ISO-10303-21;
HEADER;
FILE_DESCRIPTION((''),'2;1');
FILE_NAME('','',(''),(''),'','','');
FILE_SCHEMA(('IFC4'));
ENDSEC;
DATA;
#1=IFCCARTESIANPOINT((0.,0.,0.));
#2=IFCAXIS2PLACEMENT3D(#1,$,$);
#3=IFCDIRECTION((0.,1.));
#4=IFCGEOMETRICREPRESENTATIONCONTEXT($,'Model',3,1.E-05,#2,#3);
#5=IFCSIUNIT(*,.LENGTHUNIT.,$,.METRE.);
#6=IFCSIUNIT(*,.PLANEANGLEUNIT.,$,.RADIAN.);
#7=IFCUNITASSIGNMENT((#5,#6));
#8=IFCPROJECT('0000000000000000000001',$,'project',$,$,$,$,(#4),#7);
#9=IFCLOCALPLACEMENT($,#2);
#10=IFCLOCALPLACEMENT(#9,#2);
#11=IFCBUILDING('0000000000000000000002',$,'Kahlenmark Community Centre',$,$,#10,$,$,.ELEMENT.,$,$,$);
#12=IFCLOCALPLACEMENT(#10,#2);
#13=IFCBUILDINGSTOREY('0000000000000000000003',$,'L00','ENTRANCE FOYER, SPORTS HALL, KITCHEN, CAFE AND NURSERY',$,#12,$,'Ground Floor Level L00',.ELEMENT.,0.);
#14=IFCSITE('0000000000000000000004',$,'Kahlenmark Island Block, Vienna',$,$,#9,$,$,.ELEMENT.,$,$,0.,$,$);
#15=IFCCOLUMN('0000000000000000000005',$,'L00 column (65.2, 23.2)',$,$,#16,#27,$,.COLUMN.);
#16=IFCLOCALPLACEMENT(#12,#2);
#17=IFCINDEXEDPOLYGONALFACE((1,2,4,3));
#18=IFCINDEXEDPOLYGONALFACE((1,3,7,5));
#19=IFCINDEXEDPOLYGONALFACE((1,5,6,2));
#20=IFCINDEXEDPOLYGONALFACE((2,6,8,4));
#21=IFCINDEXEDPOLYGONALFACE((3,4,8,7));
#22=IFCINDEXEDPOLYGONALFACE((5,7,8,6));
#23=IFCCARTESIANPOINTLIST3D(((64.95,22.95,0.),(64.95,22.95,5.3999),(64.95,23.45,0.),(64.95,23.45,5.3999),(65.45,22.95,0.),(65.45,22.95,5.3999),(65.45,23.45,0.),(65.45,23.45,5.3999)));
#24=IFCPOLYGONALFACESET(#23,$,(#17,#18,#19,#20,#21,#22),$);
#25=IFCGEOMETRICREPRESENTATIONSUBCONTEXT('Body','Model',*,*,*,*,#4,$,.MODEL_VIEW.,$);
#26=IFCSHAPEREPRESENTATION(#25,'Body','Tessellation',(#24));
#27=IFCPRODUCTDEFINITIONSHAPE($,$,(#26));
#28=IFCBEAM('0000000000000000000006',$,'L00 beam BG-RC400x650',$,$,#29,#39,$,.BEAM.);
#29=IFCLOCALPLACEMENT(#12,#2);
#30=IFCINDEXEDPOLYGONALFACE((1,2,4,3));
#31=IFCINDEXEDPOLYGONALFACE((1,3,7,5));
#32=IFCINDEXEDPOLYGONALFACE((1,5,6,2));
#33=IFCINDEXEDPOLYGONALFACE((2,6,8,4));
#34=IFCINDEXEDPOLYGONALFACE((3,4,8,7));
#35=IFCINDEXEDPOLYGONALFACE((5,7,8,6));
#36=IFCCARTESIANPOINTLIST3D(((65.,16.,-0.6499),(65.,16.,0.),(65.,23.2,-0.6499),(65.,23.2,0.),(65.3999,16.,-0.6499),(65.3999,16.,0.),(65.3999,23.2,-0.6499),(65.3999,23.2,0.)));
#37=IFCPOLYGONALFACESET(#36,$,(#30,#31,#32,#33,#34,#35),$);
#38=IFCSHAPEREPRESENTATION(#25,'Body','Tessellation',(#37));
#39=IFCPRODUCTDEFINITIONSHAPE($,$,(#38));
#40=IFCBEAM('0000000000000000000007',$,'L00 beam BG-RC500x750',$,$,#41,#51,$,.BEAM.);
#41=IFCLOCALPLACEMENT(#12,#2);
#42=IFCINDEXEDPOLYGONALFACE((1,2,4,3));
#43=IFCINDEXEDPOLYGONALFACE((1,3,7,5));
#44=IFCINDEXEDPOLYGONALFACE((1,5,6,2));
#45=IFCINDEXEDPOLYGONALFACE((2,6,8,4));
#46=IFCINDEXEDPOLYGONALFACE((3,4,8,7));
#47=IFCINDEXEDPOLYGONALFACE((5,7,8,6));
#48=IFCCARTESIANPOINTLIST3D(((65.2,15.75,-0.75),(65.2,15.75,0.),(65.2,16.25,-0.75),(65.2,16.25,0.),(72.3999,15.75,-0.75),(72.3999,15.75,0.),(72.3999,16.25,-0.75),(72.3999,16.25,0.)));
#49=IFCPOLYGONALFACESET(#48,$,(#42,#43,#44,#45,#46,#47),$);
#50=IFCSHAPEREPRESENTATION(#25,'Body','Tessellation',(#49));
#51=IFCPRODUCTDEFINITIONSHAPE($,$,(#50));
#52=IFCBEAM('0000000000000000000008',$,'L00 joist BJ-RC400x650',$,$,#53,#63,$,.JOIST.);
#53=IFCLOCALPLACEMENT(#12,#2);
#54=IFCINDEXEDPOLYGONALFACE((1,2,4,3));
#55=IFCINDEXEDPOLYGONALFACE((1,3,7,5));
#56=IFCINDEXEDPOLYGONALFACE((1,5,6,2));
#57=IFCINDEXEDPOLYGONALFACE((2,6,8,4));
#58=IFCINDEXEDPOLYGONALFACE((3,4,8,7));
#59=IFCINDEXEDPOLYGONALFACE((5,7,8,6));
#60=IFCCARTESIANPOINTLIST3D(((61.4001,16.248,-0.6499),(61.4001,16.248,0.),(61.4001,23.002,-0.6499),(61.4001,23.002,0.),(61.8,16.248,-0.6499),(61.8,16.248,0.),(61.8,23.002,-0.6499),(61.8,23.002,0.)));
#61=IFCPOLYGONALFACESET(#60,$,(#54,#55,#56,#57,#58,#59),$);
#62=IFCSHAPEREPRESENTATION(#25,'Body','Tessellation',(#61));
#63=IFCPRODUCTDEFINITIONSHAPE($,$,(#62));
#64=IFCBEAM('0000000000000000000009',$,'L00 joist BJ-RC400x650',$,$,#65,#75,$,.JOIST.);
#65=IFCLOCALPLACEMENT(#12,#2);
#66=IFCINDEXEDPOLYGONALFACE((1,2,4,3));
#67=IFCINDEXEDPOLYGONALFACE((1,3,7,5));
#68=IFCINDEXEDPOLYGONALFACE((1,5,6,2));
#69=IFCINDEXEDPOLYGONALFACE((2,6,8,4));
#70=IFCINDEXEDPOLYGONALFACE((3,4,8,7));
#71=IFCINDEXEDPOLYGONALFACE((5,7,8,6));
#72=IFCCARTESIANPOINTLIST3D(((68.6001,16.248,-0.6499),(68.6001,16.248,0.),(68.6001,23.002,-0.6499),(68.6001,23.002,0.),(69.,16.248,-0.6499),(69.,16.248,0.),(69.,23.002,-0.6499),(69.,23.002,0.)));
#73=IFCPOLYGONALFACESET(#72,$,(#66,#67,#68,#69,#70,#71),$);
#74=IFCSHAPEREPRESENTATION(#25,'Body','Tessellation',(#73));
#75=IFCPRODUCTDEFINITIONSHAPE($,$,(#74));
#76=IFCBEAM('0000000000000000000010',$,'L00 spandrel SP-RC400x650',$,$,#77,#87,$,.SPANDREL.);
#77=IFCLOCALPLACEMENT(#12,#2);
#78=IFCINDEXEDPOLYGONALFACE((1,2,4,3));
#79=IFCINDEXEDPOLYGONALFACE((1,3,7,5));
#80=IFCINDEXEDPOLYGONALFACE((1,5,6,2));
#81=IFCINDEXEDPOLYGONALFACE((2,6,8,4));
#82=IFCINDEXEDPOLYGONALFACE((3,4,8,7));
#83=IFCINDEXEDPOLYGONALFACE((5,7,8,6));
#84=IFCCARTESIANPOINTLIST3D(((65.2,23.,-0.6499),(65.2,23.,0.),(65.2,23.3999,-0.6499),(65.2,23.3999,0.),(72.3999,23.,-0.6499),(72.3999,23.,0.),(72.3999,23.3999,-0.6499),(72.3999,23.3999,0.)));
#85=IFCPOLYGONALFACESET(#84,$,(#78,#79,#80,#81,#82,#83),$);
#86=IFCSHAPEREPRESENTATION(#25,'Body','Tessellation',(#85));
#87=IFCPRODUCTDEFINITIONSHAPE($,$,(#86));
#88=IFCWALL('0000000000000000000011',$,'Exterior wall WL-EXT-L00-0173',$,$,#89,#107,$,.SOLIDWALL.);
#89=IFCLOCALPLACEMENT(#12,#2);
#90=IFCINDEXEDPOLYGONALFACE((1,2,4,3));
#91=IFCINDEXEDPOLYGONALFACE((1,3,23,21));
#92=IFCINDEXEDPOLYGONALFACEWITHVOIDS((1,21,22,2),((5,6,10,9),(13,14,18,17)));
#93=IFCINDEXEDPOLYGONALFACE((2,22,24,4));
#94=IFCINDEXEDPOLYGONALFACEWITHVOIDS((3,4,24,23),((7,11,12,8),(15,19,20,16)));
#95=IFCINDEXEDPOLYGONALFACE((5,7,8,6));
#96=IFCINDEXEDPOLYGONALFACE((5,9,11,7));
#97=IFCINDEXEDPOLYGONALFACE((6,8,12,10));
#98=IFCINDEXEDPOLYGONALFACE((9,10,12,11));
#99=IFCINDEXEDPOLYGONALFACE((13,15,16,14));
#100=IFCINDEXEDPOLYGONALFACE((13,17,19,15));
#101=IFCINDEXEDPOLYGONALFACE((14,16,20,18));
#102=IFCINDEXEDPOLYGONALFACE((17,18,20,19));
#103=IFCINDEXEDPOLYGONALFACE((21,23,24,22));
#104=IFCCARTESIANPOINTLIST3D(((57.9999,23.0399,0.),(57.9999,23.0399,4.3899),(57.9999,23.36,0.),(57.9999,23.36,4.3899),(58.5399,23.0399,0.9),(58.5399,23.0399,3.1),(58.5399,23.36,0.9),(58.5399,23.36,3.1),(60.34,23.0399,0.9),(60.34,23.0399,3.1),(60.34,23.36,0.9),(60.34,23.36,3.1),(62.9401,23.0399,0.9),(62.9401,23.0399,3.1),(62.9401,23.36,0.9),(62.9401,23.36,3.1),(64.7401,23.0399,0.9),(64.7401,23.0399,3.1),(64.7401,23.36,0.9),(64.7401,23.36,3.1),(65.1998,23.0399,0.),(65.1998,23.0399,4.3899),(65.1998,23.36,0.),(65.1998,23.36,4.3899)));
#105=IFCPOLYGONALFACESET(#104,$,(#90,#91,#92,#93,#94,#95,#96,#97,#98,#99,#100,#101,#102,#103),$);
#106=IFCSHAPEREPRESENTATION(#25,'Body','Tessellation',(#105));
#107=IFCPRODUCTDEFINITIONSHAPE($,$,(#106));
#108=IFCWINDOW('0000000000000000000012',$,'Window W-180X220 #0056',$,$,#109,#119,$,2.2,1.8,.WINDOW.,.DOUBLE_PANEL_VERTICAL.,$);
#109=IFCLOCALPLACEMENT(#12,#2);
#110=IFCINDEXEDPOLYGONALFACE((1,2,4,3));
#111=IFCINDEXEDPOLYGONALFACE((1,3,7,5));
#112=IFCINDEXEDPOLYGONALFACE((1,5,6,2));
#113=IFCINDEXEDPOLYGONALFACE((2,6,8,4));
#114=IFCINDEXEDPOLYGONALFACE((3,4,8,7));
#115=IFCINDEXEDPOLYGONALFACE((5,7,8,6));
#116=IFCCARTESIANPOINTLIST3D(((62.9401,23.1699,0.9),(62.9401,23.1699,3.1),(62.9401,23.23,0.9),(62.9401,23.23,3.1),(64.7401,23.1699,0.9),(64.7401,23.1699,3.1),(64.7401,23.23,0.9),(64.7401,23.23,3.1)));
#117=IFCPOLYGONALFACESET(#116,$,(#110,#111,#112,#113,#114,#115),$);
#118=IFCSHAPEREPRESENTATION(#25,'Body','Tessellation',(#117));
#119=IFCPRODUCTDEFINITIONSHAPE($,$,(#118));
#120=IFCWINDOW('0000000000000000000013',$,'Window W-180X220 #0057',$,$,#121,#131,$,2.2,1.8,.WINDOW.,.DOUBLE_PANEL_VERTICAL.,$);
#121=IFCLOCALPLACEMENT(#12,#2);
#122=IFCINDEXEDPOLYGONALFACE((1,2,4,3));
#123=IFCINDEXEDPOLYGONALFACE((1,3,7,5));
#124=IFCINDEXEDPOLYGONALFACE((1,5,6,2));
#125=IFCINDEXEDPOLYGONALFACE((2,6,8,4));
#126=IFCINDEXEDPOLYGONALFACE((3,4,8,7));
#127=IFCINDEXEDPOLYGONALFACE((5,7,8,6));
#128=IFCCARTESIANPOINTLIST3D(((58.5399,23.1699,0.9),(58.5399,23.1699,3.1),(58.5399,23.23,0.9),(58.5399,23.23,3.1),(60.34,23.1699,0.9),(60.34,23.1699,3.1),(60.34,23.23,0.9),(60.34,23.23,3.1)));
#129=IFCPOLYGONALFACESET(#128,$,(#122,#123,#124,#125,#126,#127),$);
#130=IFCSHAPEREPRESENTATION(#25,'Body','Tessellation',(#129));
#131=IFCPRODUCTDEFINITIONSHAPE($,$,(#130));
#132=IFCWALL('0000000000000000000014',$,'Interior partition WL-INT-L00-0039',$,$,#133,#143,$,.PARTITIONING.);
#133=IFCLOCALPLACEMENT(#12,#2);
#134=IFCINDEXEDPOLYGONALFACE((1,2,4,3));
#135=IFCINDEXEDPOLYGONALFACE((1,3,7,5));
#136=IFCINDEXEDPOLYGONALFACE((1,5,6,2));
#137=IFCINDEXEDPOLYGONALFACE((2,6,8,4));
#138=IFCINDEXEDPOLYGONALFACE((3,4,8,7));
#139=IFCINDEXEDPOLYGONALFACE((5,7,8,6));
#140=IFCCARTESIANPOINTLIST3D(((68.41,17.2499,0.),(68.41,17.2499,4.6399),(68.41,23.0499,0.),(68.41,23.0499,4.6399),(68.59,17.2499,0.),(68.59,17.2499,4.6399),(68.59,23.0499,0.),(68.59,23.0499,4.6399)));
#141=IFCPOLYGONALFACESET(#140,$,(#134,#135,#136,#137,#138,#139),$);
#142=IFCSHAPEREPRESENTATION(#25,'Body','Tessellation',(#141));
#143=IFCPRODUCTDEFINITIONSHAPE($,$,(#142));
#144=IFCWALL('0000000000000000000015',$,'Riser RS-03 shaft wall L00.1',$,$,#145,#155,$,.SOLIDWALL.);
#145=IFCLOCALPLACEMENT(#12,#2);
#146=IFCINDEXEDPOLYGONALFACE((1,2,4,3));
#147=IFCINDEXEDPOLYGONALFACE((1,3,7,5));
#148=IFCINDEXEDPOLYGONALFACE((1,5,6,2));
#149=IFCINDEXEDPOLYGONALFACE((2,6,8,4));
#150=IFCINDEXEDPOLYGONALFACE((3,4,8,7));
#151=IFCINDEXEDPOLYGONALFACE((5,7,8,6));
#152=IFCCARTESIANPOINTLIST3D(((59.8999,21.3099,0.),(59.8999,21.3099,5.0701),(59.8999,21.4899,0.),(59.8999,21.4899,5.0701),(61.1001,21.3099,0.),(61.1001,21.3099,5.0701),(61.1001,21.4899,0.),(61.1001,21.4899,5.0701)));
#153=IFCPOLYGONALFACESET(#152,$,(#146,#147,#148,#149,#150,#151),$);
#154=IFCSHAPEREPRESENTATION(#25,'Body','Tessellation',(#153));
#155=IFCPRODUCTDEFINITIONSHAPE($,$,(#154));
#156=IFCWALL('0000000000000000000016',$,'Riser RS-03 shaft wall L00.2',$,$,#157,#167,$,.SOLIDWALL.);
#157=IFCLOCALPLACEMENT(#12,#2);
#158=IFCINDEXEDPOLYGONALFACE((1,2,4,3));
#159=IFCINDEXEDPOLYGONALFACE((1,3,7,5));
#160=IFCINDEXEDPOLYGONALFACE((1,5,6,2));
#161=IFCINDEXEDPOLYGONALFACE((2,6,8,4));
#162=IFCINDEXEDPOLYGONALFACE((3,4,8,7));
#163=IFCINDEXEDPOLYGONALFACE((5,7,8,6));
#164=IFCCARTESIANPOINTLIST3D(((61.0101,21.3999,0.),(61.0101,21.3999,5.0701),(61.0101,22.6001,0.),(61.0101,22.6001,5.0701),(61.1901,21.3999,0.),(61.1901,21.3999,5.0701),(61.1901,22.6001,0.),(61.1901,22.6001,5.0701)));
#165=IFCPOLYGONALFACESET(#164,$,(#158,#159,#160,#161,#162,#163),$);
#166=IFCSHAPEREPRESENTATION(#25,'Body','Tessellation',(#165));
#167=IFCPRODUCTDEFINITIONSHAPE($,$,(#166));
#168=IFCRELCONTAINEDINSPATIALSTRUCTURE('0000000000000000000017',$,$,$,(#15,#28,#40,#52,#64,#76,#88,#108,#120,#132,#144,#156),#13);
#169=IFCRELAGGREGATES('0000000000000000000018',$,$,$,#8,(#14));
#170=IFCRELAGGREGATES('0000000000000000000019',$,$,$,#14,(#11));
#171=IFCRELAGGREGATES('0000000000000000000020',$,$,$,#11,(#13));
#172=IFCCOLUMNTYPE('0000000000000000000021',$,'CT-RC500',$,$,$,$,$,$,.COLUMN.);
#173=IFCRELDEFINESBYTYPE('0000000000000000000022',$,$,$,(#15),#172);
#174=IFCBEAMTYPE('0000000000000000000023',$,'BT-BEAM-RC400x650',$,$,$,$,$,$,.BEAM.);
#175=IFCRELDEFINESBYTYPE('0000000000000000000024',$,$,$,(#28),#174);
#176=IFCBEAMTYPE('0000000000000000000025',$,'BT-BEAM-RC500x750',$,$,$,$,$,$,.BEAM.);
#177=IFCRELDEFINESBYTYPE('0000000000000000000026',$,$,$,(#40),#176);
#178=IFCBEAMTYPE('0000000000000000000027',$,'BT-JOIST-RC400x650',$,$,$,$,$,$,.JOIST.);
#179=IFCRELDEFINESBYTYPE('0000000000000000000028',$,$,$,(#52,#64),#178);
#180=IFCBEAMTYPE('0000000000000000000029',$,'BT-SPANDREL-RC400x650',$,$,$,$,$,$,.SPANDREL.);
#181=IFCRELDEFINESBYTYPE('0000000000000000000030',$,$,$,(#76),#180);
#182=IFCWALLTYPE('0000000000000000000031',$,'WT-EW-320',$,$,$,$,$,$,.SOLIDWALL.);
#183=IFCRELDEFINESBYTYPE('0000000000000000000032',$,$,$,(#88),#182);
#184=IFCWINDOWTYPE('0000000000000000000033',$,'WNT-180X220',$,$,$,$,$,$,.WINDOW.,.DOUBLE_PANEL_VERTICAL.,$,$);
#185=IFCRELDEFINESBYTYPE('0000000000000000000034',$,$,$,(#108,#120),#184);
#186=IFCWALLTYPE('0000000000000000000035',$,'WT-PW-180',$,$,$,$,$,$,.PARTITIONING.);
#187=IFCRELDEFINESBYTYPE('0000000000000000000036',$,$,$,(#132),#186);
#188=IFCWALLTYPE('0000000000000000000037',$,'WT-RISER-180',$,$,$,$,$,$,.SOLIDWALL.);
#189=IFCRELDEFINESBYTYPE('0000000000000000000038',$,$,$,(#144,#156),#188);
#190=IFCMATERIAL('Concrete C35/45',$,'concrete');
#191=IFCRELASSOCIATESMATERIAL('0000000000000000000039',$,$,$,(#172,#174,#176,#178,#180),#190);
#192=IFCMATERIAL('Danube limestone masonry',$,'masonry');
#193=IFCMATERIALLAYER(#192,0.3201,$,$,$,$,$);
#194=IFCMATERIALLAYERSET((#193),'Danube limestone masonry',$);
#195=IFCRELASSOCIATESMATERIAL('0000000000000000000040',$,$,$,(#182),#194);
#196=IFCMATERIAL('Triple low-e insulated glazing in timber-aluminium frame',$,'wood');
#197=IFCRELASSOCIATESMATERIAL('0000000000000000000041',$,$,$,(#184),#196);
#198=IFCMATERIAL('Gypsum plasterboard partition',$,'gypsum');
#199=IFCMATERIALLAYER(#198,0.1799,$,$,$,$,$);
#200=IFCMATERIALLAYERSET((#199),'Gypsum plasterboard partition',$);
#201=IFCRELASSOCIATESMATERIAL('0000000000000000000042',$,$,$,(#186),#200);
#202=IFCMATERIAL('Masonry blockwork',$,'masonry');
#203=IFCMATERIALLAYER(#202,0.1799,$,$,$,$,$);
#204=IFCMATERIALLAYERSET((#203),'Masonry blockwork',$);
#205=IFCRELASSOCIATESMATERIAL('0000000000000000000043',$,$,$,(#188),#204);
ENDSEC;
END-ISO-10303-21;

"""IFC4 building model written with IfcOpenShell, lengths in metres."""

from ifc_helpers import new_model, si_unit, direction, frame, frame_2d, origin, origin_2d, place, context, subcontext, project, spatial, rectangle, extrude, material, layer, layer_set, material_profile, profile_set, type_object, element, fill, save


model = new_model("IFC4")

# Units and contexts
model_context = context("Model", 3, precision=1e-05, world=origin(), true_north=direction((0.0, 1.0)))
body_context = subcontext(model_context, "Body", "Model", "MODEL_VIEW")
ifc_project = project(units=[si_unit("LENGTHUNIT", "METRE"), si_unit("PLANEANGLEUNIT", "RADIAN")], contexts=[model_context])

# Site, building, storey
site_placement = place(None, origin())
site = spatial("IfcSite", under=ifc_project, at=site_placement, Name="Kahlenmark Island Block, Vienna", CompositionType="ELEMENT", RefElevation=0.0)
building_placement = place(site_placement, origin())
building = spatial("IfcBuilding", under=site, at=building_placement, Name="Kahlenmark Community Centre", CompositionType="ELEMENT")
storey_placement = place(building_placement, origin())
storey = spatial("IfcBuildingStorey", under=building, at=storey_placement, Name="L00", Description="ENTRANCE FOYER, SPORTS HALL, KITCHEN, CAFE AND NURSERY", LongName="Ground Floor Level L00", CompositionType="ELEMENT", Elevation=0.0)

# Column
ifc_material_1 = material(Name="Concrete C35/45", Category="concrete")
ifc_material_profile_1 = material_profile(ifc_material_1, rectangle(XDim=0.5, YDim=0.5, at=origin_2d()), Name="RC 500x500")
ifc_profile_set_1 = profile_set([ifc_material_profile_1], Name="Concrete C35/45")
column_type = type_object("IfcColumnType", Name="CT-RC500", PredefinedType="COLUMN", material=ifc_profile_set_1)
column_placement = place(storey_placement, frame((65.2, 23.2, 0.0), z_axis=(0.0, 0.0, 1.0), x_axis=(1.0, 0.0, 0.0)))
element("IfcColumn", 1, at=column_placement, inside=storey, type_object=column_type, Name="L00 column (65.2, 23.2)", PredefinedType="COLUMN", context=body_context, shape_type="SweptSolid", body=[
    extrude(rectangle(XDim=0.5, YDim=0.5, at=origin_2d()), origin(), (0.0, 0.0, 1.0), 5.3999),
])

# Beams
ifc_material_profile_2 = material_profile(ifc_material_1, rectangle(XDim=0.3999, YDim=0.6499, at=origin_2d()), Name="RC 400x650")
ifc_profile_set_2 = profile_set([ifc_material_profile_2], Name="Concrete C35/45")
beam_type_1 = type_object("IfcBeamType", Name="BT-BEAM-RC400x650", PredefinedType="BEAM", material=ifc_profile_set_2)
beam_1_placement = place(storey_placement, frame((65.2, 16.0, -0.325), z_axis=(0.0, 1.0, 0.0), x_axis=(-1.0, 0.0, 0.0)))
element("IfcBeam", 2, at=beam_1_placement, inside=storey, type_object=beam_type_1, Name="L00 beam BG-RC400x650", PredefinedType="BEAM", context=body_context, shape_type="SweptSolid", body=[
    extrude(rectangle(XDim=0.3999, YDim=0.6499, at=origin_2d()), origin(), (0.0, 0.0, 1.0), 7.2),
])
ifc_material_profile_3 = material_profile(ifc_material_1, rectangle(XDim=0.5, YDim=0.75, at=origin_2d()), Name="RC 500x750")
ifc_profile_set_3 = profile_set([ifc_material_profile_3], Name="Concrete C35/45")
beam_type_2 = type_object("IfcBeamType", Name="BT-BEAM-RC500x750", PredefinedType="BEAM", material=ifc_profile_set_3)
beam_2_placement = place(storey_placement, frame((65.2, 16.0, -0.375), z_axis=(1.0, 0.0, 0.0), x_axis=(0.0, 1.0, 0.0)))
element("IfcBeam", 3, at=beam_2_placement, inside=storey, type_object=beam_type_2, Name="L00 beam BG-RC500x750", PredefinedType="BEAM", context=body_context, shape_type="SweptSolid", body=[
    extrude(rectangle(XDim=0.5, YDim=0.75, at=origin_2d()), origin(), (0.0, 0.0, 1.0), 7.2),
])
ifc_material_profile_4 = material_profile(ifc_material_1, rectangle(XDim=0.3999, YDim=0.6499, at=origin_2d()), Name="RC 400x650")
ifc_profile_set_4 = profile_set([ifc_material_profile_4], Name="Concrete C35/45")
beam_type_3 = type_object("IfcBeamType", Name="BT-JOIST-RC400x650", PredefinedType="JOIST", material=ifc_profile_set_4)
for number, where, z_axis, x_axis, name in (
    (4, (61.6001, 16.248, -0.325), (0.0, 1.0, 0.0), (-1.0, 0.0, 0.0), "L00 joist BJ-RC400x650"),
    (5, (68.8, 16.248, -0.325), (0.0, 1.0, 0.0), (-1.0, 0.0, 0.0), "L00 joist BJ-RC400x650"),
):
    element("IfcBeam", number, at=place(storey_placement, frame(where, z_axis=z_axis, x_axis=x_axis)), inside=storey, type_object=beam_type_3, Name=name, PredefinedType="JOIST", context=body_context, shape_type="SweptSolid", body=[
        extrude(rectangle(XDim=0.3999, YDim=0.6499, at=origin_2d()), origin(), (0.0, 0.0, 1.0), 6.7539),
    ])
ifc_material_profile_5 = material_profile(ifc_material_1, rectangle(XDim=0.3999, YDim=0.6499, at=origin_2d()), Name="RC 400x650")
ifc_profile_set_5 = profile_set([ifc_material_profile_5], Name="Concrete C35/45")
beam_type_4 = type_object("IfcBeamType", Name="BT-SPANDREL-RC400x650", PredefinedType="SPANDREL", material=ifc_profile_set_5)
beam_3_placement = place(storey_placement, frame((65.2, 23.2, -0.325), z_axis=(1.0, 0.0, 0.0), x_axis=(0.0, 1.0, 0.0)))
element("IfcBeam", 6, at=beam_3_placement, inside=storey, type_object=beam_type_4, Name="L00 spandrel SP-RC400x650", PredefinedType="SPANDREL", context=body_context, shape_type="SweptSolid", body=[
    extrude(rectangle(XDim=0.3999, YDim=0.6499, at=origin_2d()), origin(), (0.0, 0.0, 1.0), 7.2),
])

# Wall, openings, windows
ifc_material_2 = material(Name="Danube limestone masonry", Category="masonry")
ifc_layer_1 = layer(ifc_material_2, 0.3201)
ifc_layer_set_1 = layer_set([ifc_layer_1], Name="Danube limestone masonry")
wall_type_1 = type_object("IfcWallType", Name="WT-EW-320", PredefinedType="SOLIDWALL", material=ifc_layer_set_1)
wall_1_placement = place(storey_placement, frame((65.2, 23.2, 0.0), z_axis=(0.0, 0.0, 1.0), x_axis=(-1.0, 0.0, 0.0)))
wall_1 = element("IfcWall", 7, at=wall_1_placement, inside=storey, type_object=wall_type_1, Name="Exterior wall WL-EXT-L00-0173", PredefinedType="SOLIDWALL", context=body_context, shape_type="SweptSolid", body=[
    extrude(rectangle(XDim=7.2, YDim=0.3201, at=frame_2d((3.6001, 0.0))), origin(), (0.0, 0.0, 1.0), 4.3899),
])
opening_1_placement = place(wall_1_placement, frame((0.46, 0.0, 0.8999)))
opening_1 = element("IfcOpeningElement", 8, at=opening_1_placement, cuts=wall_1, PredefinedType="OPENING", context=body_context, shape_type="SweptSolid", body=[
    extrude(rectangle(XDim=1.8, YDim=2.2, at=frame_2d((0.8999, 1.1001))), frame((0.0, 0.1699, 0.0), z_axis=(0.0, -1.0, 0.0), x_axis=(1.0, 0.0, 0.0)), (0.0, 0.0, 1.0), 0.3401),
])
opening_2_placement = place(wall_1_placement, frame((4.8601, 0.0, 0.8999)))
opening_2 = element("IfcOpeningElement", 9, at=opening_2_placement, cuts=wall_1, PredefinedType="OPENING", context=body_context, shape_type="SweptSolid", body=[
    extrude(rectangle(XDim=1.8, YDim=2.2, at=frame_2d((0.8999, 1.1001))), frame((0.0, 0.1699, 0.0), z_axis=(0.0, -1.0, 0.0), x_axis=(1.0, 0.0, 0.0)), (0.0, 0.0, 1.0), 0.3401),
])
ifc_material_3 = material(Name="Triple low-e insulated glazing in timber-aluminium frame", Category="wood")
window_type = type_object("IfcWindowType", Name="WNT-180X220", PartitioningType="DOUBLE_PANEL_VERTICAL", PredefinedType="WINDOW", material=ifc_material_3)
window_1_placement = place(opening_1_placement, origin())
window_1 = element("IfcWindow", 10, at=window_1_placement, inside=storey, type_object=window_type, Name="Window W-180X220 #0056", OverallHeight=2.2, OverallWidth=1.8, PartitioningType="DOUBLE_PANEL_VERTICAL", PredefinedType="WINDOW", context=body_context, shape_type="SweptSolid", body=[
    extrude(rectangle(XDim=1.8, YDim=2.2, at=frame_2d((0.8999, 1.1001))), frame((0.0, 0.03, 0.0), z_axis=(0.0, -1.0, 0.0), x_axis=(1.0, 0.0, 0.0)), (0.0, 0.0, 1.0), 0.0601),
])
fill(opening_1, window_1)
window_2_placement = place(opening_2_placement, origin())
window_2 = element("IfcWindow", 11, at=window_2_placement, inside=storey, type_object=window_type, Name="Window W-180X220 #0057", OverallHeight=2.2, OverallWidth=1.8, PartitioningType="DOUBLE_PANEL_VERTICAL", PredefinedType="WINDOW", context=body_context, shape_type="SweptSolid", body=[
    extrude(rectangle(XDim=1.8, YDim=2.2, at=frame_2d((0.8999, 1.1001))), frame((0.0, 0.03, 0.0), z_axis=(0.0, -1.0, 0.0), x_axis=(1.0, 0.0, 0.0)), (0.0, 0.0, 1.0), 0.0601),
])
fill(opening_2, window_2)

# Shared definitions
ifc_material_4 = material(Name="Gypsum plasterboard partition", Category="gypsum")
ifc_layer_2 = layer(ifc_material_4, 0.1799)
ifc_layer_set_2 = layer_set([ifc_layer_2], Name="Gypsum plasterboard partition")
wall_type_2 = type_object("IfcWallType", Name="WT-PW-180", PredefinedType="PARTITIONING", material=ifc_layer_set_2)

# Walls
wall_2_placement = place(storey_placement, frame((68.5, 17.25, 0.0), z_axis=(0.0, 0.0, 1.0), x_axis=(0.0, 1.0, 0.0)))
element("IfcWall", 12, at=wall_2_placement, inside=storey, type_object=wall_type_2, Name="Interior partition WL-INT-L00-0039", PredefinedType="PARTITIONING", context=body_context, shape_type="SweptSolid", body=[
    extrude(rectangle(XDim=5.8, YDim=0.1799, at=frame_2d((2.8999, 0.0))), origin(), (0.0, 0.0, 1.0), 4.6399),
])
ifc_material_5 = material(Name="Masonry blockwork", Category="masonry")
ifc_layer_3 = layer(ifc_material_5, 0.1799)
ifc_layer_set_3 = layer_set([ifc_layer_3], Name="Masonry blockwork")
wall_type_3 = type_object("IfcWallType", Name="WT-RISER-180", PredefinedType="SOLIDWALL", material=ifc_layer_set_3)
for number, where, z_axis, x_axis, name in (
    (13, (59.8999, 21.3999, 0.0), (0.0, 0.0, 1.0), (1.0, 0.0, 0.0), "Riser RS-03 shaft wall L00.1"),
    (14, (61.1001, 21.3999, 0.0), (0.0, 0.0, 1.0), (0.0, 1.0, 0.0), "Riser RS-03 shaft wall L00.2"),
):
    element("IfcWall", number, at=place(storey_placement, frame(where, z_axis=z_axis, x_axis=x_axis)), inside=storey, type_object=wall_type_3, Name=name, PredefinedType="SOLIDWALL", context=body_context, shape_type="SweptSolid", body=[
        extrude(rectangle(XDim=1.2002, YDim=0.1799, at=frame_2d((0.6001, 0.0))), origin(), (0.0, 0.0, 1.0), 5.0701),
    ])

save(model, "model.ifc")
